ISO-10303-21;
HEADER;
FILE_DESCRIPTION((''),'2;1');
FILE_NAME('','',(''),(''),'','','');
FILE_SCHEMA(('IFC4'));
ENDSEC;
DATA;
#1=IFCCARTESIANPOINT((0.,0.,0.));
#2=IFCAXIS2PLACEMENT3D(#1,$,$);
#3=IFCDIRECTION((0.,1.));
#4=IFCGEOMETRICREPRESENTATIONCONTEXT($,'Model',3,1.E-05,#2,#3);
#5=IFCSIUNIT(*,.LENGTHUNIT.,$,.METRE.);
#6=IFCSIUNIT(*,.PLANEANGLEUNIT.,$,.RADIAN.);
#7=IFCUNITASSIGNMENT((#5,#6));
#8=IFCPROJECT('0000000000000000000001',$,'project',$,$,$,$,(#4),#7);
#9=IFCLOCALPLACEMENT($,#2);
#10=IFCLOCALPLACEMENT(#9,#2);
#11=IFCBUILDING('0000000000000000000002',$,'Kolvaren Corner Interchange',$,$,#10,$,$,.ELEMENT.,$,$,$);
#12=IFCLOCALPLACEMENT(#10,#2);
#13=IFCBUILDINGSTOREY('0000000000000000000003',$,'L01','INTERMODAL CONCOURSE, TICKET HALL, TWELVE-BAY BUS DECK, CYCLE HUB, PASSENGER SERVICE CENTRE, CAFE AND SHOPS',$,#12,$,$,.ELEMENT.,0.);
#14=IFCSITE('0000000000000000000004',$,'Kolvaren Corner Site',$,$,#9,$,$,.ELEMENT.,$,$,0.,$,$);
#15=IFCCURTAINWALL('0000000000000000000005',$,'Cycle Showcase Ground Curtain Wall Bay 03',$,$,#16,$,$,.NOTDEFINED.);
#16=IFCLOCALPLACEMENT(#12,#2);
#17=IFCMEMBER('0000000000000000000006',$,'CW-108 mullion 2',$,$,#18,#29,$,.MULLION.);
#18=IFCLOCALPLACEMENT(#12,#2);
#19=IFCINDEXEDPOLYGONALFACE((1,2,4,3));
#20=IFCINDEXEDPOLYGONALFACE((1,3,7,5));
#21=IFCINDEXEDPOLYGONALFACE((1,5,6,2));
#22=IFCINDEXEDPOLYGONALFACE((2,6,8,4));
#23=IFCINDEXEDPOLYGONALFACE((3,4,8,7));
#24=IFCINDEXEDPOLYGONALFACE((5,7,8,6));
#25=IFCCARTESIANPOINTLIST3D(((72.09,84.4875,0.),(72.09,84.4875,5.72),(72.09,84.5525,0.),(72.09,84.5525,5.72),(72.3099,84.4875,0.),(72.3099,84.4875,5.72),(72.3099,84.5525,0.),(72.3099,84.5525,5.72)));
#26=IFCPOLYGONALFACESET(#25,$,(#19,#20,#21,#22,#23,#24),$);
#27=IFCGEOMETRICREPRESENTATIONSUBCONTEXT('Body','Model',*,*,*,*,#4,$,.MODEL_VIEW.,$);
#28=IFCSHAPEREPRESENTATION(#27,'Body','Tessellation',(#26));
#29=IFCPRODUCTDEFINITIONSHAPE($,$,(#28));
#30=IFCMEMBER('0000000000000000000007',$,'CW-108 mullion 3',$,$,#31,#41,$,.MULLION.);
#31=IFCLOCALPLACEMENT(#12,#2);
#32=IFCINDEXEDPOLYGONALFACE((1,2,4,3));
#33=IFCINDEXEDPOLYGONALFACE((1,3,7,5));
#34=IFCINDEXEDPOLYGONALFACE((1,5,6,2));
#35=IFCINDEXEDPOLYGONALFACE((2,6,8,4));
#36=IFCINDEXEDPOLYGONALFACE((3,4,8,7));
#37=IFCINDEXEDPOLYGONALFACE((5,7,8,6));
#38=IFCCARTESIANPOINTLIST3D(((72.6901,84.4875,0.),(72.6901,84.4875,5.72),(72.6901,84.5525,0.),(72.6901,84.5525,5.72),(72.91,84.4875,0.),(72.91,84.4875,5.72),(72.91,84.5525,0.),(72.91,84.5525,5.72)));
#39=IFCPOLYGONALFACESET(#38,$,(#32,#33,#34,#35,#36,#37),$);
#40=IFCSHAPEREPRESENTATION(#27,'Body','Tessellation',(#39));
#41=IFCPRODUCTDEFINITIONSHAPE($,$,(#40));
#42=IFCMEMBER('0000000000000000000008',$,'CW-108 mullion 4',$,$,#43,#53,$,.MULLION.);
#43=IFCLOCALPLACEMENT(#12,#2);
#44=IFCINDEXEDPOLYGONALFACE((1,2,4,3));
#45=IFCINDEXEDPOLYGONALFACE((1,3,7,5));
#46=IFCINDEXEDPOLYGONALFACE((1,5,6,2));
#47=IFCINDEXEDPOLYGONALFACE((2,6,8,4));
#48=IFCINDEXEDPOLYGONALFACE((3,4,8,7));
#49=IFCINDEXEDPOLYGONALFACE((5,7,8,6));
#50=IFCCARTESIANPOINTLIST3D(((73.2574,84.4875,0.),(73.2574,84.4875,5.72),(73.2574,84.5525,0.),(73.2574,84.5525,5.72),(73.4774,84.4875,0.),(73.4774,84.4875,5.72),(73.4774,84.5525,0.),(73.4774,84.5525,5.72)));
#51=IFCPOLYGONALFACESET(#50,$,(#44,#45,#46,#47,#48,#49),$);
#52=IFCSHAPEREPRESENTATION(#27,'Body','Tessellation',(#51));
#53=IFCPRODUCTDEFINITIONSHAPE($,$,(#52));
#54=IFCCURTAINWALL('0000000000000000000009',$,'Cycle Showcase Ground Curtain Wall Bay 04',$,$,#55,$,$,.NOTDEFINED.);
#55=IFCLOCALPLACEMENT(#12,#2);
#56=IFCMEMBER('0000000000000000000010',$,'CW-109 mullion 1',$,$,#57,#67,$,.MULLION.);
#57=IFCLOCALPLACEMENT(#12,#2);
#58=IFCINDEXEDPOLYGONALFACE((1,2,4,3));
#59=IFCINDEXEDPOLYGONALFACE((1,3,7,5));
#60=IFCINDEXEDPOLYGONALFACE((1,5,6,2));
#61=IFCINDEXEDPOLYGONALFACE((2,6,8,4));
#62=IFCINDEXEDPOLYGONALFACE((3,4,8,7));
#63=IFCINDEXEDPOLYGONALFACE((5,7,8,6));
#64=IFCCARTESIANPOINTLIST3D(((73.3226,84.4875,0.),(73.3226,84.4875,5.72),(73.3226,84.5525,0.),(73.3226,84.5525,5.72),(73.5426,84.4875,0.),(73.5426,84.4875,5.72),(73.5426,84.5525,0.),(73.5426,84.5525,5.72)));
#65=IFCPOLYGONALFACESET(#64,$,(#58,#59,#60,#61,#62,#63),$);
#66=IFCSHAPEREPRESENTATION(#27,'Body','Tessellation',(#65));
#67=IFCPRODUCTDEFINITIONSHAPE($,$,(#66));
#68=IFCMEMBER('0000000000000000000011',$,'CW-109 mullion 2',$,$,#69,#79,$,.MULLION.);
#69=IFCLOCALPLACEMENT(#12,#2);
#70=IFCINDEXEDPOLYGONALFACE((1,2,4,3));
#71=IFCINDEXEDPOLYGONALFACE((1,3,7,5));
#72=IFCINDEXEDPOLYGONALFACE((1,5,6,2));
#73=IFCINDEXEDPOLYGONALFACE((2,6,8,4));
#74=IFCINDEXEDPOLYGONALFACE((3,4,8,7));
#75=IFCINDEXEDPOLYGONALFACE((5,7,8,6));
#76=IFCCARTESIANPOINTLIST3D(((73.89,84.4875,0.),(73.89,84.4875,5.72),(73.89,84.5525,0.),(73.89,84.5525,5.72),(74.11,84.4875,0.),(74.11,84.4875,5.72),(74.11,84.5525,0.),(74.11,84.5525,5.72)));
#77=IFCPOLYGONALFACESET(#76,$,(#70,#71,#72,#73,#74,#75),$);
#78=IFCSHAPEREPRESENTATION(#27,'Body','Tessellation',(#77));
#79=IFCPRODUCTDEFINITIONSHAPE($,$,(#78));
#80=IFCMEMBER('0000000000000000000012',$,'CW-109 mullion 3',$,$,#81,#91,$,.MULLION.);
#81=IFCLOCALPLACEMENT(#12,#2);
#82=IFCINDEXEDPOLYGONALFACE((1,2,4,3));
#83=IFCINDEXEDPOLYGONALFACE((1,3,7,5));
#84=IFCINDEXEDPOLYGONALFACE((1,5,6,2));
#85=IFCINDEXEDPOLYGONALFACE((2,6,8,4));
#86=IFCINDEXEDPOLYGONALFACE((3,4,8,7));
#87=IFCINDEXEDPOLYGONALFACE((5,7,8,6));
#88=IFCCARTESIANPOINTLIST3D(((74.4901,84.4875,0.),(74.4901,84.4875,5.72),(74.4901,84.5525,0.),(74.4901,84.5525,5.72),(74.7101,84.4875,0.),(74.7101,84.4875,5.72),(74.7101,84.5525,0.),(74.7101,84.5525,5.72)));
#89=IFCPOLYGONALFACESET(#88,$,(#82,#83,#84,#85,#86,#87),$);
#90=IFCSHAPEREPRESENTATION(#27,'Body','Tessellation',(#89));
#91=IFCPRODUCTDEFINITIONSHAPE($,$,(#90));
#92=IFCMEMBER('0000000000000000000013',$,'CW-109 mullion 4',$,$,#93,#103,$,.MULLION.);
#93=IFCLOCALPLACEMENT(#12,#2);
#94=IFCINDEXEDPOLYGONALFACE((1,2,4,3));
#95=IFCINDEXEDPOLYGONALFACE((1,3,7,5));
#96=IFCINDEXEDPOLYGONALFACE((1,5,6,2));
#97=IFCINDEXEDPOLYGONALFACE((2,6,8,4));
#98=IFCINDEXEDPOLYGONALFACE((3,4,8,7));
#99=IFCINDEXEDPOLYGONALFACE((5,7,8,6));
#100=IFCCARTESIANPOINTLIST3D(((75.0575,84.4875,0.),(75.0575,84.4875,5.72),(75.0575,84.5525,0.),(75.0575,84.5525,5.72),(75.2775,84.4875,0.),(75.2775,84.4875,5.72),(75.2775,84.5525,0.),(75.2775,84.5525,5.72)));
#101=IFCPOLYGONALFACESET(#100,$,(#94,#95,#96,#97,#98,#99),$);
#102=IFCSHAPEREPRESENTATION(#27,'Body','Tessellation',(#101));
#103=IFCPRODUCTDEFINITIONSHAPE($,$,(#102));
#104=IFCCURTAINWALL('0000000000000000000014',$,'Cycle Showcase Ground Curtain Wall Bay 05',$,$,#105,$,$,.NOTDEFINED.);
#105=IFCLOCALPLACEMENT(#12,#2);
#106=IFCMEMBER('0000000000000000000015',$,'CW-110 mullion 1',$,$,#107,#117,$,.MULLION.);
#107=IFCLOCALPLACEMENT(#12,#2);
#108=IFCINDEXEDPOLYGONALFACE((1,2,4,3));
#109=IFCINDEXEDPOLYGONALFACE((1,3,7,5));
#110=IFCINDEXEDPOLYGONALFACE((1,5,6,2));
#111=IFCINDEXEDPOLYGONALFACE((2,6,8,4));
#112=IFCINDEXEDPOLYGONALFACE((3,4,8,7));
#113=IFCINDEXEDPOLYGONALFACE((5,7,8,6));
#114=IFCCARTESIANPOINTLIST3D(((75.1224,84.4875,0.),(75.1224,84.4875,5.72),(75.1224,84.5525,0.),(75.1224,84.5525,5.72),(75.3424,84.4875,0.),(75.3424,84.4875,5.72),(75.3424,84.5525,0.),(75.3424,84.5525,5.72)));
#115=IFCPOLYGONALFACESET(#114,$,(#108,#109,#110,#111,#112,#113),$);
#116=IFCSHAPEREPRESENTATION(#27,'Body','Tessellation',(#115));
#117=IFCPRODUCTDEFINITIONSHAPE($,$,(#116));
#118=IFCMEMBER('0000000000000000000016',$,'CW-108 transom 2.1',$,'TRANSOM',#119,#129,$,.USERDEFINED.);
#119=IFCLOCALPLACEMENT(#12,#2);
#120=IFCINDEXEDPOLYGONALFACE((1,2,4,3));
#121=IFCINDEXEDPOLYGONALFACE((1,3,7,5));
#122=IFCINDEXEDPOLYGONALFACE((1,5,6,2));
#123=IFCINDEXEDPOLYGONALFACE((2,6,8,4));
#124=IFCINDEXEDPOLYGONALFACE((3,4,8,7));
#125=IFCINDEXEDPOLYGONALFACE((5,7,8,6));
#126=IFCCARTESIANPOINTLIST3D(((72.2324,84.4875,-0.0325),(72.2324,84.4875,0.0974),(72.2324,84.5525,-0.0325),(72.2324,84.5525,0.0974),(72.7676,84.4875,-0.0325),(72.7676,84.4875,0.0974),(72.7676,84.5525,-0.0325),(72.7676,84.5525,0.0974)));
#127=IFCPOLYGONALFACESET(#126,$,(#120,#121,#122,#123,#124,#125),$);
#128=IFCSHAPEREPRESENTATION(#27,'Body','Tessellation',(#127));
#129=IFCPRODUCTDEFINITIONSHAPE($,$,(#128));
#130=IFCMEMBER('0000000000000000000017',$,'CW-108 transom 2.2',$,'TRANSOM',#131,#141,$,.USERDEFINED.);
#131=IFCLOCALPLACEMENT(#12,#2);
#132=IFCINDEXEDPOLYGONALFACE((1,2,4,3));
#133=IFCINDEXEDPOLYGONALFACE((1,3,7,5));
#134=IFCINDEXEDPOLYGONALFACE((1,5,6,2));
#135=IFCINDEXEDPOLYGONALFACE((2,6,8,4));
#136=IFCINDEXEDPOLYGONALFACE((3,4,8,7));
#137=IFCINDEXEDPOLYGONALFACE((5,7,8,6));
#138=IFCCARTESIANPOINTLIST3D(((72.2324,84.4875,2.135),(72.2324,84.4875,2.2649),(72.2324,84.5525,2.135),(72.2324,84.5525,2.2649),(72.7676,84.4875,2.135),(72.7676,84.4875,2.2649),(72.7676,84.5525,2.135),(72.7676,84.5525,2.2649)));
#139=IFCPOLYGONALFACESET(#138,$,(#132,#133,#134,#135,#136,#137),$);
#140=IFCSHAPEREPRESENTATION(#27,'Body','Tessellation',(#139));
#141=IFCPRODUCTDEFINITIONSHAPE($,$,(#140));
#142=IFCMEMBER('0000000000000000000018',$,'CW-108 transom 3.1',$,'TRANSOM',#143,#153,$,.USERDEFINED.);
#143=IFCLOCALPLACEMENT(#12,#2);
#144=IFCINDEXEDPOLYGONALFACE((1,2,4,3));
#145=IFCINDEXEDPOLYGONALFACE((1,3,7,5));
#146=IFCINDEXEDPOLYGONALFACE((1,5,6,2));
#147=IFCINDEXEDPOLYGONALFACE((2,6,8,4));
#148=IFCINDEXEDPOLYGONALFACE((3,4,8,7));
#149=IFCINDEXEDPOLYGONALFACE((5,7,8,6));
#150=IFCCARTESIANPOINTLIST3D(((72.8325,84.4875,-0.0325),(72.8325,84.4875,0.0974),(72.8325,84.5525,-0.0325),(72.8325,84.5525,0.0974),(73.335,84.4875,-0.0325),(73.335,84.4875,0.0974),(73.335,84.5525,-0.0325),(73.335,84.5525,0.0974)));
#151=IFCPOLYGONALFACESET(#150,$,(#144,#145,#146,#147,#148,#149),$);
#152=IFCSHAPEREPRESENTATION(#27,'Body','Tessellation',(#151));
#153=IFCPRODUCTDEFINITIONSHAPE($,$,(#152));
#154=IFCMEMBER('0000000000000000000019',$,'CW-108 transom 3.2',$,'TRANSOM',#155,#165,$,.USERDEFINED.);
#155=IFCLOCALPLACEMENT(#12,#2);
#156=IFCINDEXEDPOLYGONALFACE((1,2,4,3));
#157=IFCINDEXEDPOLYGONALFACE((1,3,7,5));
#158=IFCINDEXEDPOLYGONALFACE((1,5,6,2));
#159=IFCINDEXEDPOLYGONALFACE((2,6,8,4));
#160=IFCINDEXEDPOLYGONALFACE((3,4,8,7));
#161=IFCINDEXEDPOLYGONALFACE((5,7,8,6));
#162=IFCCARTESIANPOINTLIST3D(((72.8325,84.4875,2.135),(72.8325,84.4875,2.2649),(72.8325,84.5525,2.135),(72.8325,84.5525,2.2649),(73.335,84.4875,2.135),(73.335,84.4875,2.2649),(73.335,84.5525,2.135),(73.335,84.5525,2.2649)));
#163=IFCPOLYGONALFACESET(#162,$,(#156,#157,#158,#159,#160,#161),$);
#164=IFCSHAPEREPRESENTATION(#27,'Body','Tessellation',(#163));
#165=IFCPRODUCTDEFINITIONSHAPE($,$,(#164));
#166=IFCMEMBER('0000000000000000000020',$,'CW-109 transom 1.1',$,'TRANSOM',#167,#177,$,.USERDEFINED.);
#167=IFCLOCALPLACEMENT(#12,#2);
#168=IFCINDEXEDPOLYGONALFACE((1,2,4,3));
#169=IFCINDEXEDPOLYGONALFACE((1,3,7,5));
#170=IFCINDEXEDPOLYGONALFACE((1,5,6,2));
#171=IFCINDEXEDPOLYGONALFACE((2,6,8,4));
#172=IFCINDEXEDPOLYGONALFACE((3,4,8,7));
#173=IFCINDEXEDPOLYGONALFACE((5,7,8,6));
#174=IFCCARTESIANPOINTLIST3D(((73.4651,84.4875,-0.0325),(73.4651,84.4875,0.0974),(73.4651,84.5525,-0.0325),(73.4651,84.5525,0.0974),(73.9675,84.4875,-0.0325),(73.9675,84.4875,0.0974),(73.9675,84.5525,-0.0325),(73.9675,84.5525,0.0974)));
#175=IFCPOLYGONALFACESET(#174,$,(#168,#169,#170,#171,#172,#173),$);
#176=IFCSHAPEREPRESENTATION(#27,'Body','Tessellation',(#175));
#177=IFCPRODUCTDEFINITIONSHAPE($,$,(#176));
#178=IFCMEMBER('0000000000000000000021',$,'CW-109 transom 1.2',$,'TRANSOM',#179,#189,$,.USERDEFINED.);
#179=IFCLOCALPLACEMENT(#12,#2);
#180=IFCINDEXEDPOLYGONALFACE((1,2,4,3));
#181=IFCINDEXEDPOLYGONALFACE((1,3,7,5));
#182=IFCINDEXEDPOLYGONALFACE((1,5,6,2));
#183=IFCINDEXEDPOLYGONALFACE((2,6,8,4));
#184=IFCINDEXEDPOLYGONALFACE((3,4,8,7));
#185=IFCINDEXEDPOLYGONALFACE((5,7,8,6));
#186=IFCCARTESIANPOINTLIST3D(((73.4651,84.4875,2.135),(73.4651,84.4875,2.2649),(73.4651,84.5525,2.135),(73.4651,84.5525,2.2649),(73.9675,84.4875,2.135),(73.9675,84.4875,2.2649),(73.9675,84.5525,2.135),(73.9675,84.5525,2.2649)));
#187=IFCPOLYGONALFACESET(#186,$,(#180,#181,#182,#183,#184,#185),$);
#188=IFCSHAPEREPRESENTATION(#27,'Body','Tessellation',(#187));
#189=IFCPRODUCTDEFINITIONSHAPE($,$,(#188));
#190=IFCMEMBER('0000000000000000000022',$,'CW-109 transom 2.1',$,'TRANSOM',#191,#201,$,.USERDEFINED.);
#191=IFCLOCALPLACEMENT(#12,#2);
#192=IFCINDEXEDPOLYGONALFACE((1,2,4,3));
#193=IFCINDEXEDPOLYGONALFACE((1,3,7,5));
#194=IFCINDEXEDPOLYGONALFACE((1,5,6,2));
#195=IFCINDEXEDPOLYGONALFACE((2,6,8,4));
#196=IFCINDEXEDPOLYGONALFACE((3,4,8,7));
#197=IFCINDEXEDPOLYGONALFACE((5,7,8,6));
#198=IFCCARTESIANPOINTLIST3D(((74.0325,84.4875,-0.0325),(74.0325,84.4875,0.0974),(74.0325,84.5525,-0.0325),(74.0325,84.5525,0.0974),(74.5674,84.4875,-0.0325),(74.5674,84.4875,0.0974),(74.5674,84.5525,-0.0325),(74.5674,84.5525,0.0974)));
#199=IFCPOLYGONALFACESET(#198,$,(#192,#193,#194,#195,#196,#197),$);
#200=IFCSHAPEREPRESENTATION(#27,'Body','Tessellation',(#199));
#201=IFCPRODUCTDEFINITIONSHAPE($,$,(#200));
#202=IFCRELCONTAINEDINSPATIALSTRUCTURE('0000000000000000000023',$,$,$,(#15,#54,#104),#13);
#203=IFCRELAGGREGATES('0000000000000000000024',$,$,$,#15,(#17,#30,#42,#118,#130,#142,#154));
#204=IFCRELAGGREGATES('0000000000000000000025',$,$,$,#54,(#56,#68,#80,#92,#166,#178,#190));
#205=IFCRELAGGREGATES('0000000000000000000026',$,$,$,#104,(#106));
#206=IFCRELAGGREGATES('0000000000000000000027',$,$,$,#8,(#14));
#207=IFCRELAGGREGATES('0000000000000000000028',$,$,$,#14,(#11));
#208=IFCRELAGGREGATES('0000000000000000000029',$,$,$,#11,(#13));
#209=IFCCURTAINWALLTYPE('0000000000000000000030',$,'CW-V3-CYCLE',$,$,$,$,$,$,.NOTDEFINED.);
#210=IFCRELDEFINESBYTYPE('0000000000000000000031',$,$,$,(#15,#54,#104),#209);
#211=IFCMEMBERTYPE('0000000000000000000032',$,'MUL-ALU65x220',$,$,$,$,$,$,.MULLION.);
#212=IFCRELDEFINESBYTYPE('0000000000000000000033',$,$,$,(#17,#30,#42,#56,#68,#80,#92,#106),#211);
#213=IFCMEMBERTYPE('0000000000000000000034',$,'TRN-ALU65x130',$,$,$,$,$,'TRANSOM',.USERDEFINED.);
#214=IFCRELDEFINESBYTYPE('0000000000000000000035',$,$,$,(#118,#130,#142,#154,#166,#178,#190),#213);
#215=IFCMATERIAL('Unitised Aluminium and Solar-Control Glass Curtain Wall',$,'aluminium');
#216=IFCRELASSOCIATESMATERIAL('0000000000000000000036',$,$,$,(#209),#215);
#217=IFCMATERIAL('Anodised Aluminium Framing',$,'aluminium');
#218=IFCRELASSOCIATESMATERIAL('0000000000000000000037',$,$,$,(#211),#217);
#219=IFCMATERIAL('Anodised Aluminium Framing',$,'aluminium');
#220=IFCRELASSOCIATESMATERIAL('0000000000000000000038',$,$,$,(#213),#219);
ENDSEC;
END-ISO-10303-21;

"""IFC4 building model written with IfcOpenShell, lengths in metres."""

from ifc_helpers import new_model, si_unit, direction, frame, origin, origin_2d, place, context, subcontext, project, spatial, rectangle, extrude, material, material_profile, profile_set, type_object, element, aggregate, save


model = new_model("IFC4")

# Units and contexts
model_context = context("Model", 3, precision=1e-05, world=origin(), true_north=direction((0.0, 1.0)))
body_context = subcontext(model_context, "Body", "Model", "MODEL_VIEW")
ifc_project = project(units=[si_unit("LENGTHUNIT", "METRE"), si_unit("PLANEANGLEUNIT", "RADIAN")], contexts=[model_context])

# Site, building, storey
site_placement = place(None, origin())
site = spatial("IfcSite", under=ifc_project, at=site_placement, Name="Kolvaren Corner Site", CompositionType="ELEMENT", RefElevation=0.0)
building_placement = place(site_placement, origin())
building = spatial("IfcBuilding", under=site, at=building_placement, Name="Kolvaren Corner Interchange", CompositionType="ELEMENT")
storey_placement = place(building_placement, origin())
storey = spatial("IfcBuildingStorey", under=building, at=storey_placement, Name="L01", Description="INTERMODAL CONCOURSE, TICKET HALL, TWELVE-BAY BUS DECK, CYCLE HUB, PASSENGER SERVICE CENTRE, CAFE AND SHOPS", CompositionType="ELEMENT", Elevation=0.0)

# Curtain walls, members
ifc_material_1 = material(Name="Unitised Aluminium and Solar-Control Glass Curtain Wall", Category="aluminium")
curtain_wall_type = type_object("IfcCurtainWallType", Name="CW-V3-CYCLE", PredefinedType="NOTDEFINED", material=ifc_material_1)
curtain_wall_1_placement = place(storey_placement, origin())
curtain_wall_1 = element("IfcCurtainWall", 1, at=curtain_wall_1_placement, inside=storey, type_object=curtain_wall_type, Name="Cycle Showcase Ground Curtain Wall Bay 03", PredefinedType="NOTDEFINED")
ifc_material_2 = material(Name="Anodised Aluminium Framing", Category="aluminium")
ifc_material_profile_1 = material_profile(ifc_material_2, rectangle(XDim=0.0649, YDim=0.22, at=origin_2d()), Name="ALU 65x220")
ifc_profile_set_1 = profile_set([ifc_material_profile_1], Name="Anodised Aluminium Framing")
member_type_1 = type_object("IfcMemberType", Name="MUL-ALU65x220", PredefinedType="MULLION", material=ifc_profile_set_1)
member_1_placement = place(storey_placement, frame((72.2, 84.52, 0.0), z_axis=(0.0, 0.0, 1.0), x_axis=(0.0, 1.0, 0.0)))
member_1 = element("IfcMember", 2, at=member_1_placement, type_object=member_type_1, Name="CW-108 mullion 2", PredefinedType="MULLION", context=body_context, shape_type="SweptSolid", body=[
    extrude(rectangle(XDim=0.0649, YDim=0.22, at=origin_2d()), origin(), (0.0, 0.0, 1.0), 5.72),
])
member_2_placement = place(storey_placement, frame((72.8, 84.52, 0.0), z_axis=(0.0, 0.0, 1.0), x_axis=(0.0, 1.0, 0.0)))
member_2 = element("IfcMember", 3, at=member_2_placement, type_object=member_type_1, Name="CW-108 mullion 3", PredefinedType="MULLION", context=body_context, shape_type="SweptSolid", body=[
    extrude(rectangle(XDim=0.0649, YDim=0.22, at=origin_2d()), origin(), (0.0, 0.0, 1.0), 5.72),
])
member_3_placement = place(storey_placement, frame((73.3674, 84.52, 0.0), z_axis=(0.0, 0.0, 1.0), x_axis=(0.0, 1.0, 0.0)))
member_3 = element("IfcMember", 4, at=member_3_placement, type_object=member_type_1, Name="CW-108 mullion 4", PredefinedType="MULLION", context=body_context, shape_type="SweptSolid", body=[
    extrude(rectangle(XDim=0.0649, YDim=0.22, at=origin_2d()), origin(), (0.0, 0.0, 1.0), 5.72),
])
curtain_wall_2_placement = place(storey_placement, origin())
curtain_wall_2 = element("IfcCurtainWall", 5, at=curtain_wall_2_placement, inside=storey, type_object=curtain_wall_type, Name="Cycle Showcase Ground Curtain Wall Bay 04", PredefinedType="NOTDEFINED")
member_4_placement = place(storey_placement, frame((73.4326, 84.52, 0.0), z_axis=(0.0, 0.0, 1.0), x_axis=(0.0, 1.0, 0.0)))
member_4 = element("IfcMember", 6, at=member_4_placement, type_object=member_type_1, Name="CW-109 mullion 1", PredefinedType="MULLION", context=body_context, shape_type="SweptSolid", body=[
    extrude(rectangle(XDim=0.0649, YDim=0.22, at=origin_2d()), origin(), (0.0, 0.0, 1.0), 5.72),
])
member_5_placement = place(storey_placement, frame((74.0, 84.52, 0.0), z_axis=(0.0, 0.0, 1.0), x_axis=(0.0, 1.0, 0.0)))
member_5 = element("IfcMember", 7, at=member_5_placement, type_object=member_type_1, Name="CW-109 mullion 2", PredefinedType="MULLION", context=body_context, shape_type="SweptSolid", body=[
    extrude(rectangle(XDim=0.0649, YDim=0.22, at=origin_2d()), origin(), (0.0, 0.0, 1.0), 5.72),
])
member_6_placement = place(storey_placement, frame((74.6001, 84.52, 0.0), z_axis=(0.0, 0.0, 1.0), x_axis=(0.0, 1.0, 0.0)))
member_6 = element("IfcMember", 8, at=member_6_placement, type_object=member_type_1, Name="CW-109 mullion 3", PredefinedType="MULLION", context=body_context, shape_type="SweptSolid", body=[
    extrude(rectangle(XDim=0.0649, YDim=0.22, at=origin_2d()), origin(), (0.0, 0.0, 1.0), 5.72),
])
member_7_placement = place(storey_placement, frame((75.1675, 84.52, 0.0), z_axis=(0.0, 0.0, 1.0), x_axis=(0.0, 1.0, 0.0)))
member_7 = element("IfcMember", 9, at=member_7_placement, type_object=member_type_1, Name="CW-109 mullion 4", PredefinedType="MULLION", context=body_context, shape_type="SweptSolid", body=[
    extrude(rectangle(XDim=0.0649, YDim=0.22, at=origin_2d()), origin(), (0.0, 0.0, 1.0), 5.72),
])

# Curtain wall, member
curtain_wall_3_placement = place(storey_placement, origin())
curtain_wall_3 = element("IfcCurtainWall", 10, at=curtain_wall_3_placement, inside=storey, type_object=curtain_wall_type, Name="Cycle Showcase Ground Curtain Wall Bay 05", PredefinedType="NOTDEFINED")
member_8_placement = place(storey_placement, frame((75.2324, 84.52, 0.0), z_axis=(0.0, 0.0, 1.0), x_axis=(0.0, 1.0, 0.0)))
member_8 = element("IfcMember", 11, at=member_8_placement, type_object=member_type_1, Name="CW-110 mullion 1", PredefinedType="MULLION", context=body_context, shape_type="SweptSolid", body=[
    extrude(rectangle(XDim=0.0649, YDim=0.22, at=origin_2d()), origin(), (0.0, 0.0, 1.0), 5.72),
])

# Members
ifc_material_3 = material(Name="Anodised Aluminium Framing", Category="aluminium")
ifc_material_profile_2 = material_profile(ifc_material_3, rectangle(XDim=0.0649, YDim=0.1299, at=origin_2d()), Name="ALU 65x130")
ifc_profile_set_2 = profile_set([ifc_material_profile_2], Name="Anodised Aluminium Framing")
member_type_2 = type_object("IfcMemberType", Name="TRN-ALU65x130", ElementType="TRANSOM", PredefinedType="USERDEFINED", material=ifc_profile_set_2)
member_9_placement = place(storey_placement, frame((72.2324, 84.52, 0.0325), z_axis=(1.0, 0.0, 0.0), x_axis=(0.0, 1.0, 0.0)))
member_9 = element("IfcMember", 12, at=member_9_placement, type_object=member_type_2, Name="CW-108 transom 2.1", ObjectType="TRANSOM", PredefinedType="USERDEFINED", context=body_context, shape_type="SweptSolid", body=[
    extrude(rectangle(XDim=0.0649, YDim=0.1299, at=origin_2d()), origin(), (0.0, 0.0, 1.0), 0.5352),
])
member_10_placement = place(storey_placement, frame((72.2324, 84.52, 2.2), z_axis=(1.0, 0.0, 0.0), x_axis=(0.0, 1.0, 0.0)))
member_10 = element("IfcMember", 13, at=member_10_placement, type_object=member_type_2, Name="CW-108 transom 2.2", ObjectType="TRANSOM", PredefinedType="USERDEFINED", context=body_context, shape_type="SweptSolid", body=[
    extrude(rectangle(XDim=0.0649, YDim=0.1299, at=origin_2d()), origin(), (0.0, 0.0, 1.0), 0.5352),
])
member_11_placement = place(storey_placement, frame((72.8325, 84.52, 0.0325), z_axis=(1.0, 0.0, 0.0), x_axis=(0.0, 1.0, 0.0)))
member_11 = element("IfcMember", 14, at=member_11_placement, type_object=member_type_2, Name="CW-108 transom 3.1", ObjectType="TRANSOM", PredefinedType="USERDEFINED", context=body_context, shape_type="SweptSolid", body=[
    extrude(rectangle(XDim=0.0649, YDim=0.1299, at=origin_2d()), origin(), (0.0, 0.0, 1.0), 0.5024),
])
member_12_placement = place(storey_placement, frame((72.8325, 84.52, 2.2), z_axis=(1.0, 0.0, 0.0), x_axis=(0.0, 1.0, 0.0)))
member_12 = element("IfcMember", 15, at=member_12_placement, type_object=member_type_2, Name="CW-108 transom 3.2", ObjectType="TRANSOM", PredefinedType="USERDEFINED", context=body_context, shape_type="SweptSolid", body=[
    extrude(rectangle(XDim=0.0649, YDim=0.1299, at=origin_2d()), origin(), (0.0, 0.0, 1.0), 0.5024),
])
member_13_placement = place(storey_placement, frame((73.4651, 84.52, 0.0325), z_axis=(1.0, 0.0, 0.0), x_axis=(0.0, 1.0, 0.0)))
member_13 = element("IfcMember", 16, at=member_13_placement, type_object=member_type_2, Name="CW-109 transom 1.1", ObjectType="TRANSOM", PredefinedType="USERDEFINED", context=body_context, shape_type="SweptSolid", body=[
    extrude(rectangle(XDim=0.0649, YDim=0.1299, at=origin_2d()), origin(), (0.0, 0.0, 1.0), 0.5024),
])
member_14_placement = place(storey_placement, frame((73.4651, 84.52, 2.2), z_axis=(1.0, 0.0, 0.0), x_axis=(0.0, 1.0, 0.0)))
member_14 = element("IfcMember", 17, at=member_14_placement, type_object=member_type_2, Name="CW-109 transom 1.2", ObjectType="TRANSOM", PredefinedType="USERDEFINED", context=body_context, shape_type="SweptSolid", body=[
    extrude(rectangle(XDim=0.0649, YDim=0.1299, at=origin_2d()), origin(), (0.0, 0.0, 1.0), 0.5024),
])
member_15_placement = place(storey_placement, frame((74.0325, 84.52, 0.0325), z_axis=(1.0, 0.0, 0.0), x_axis=(0.0, 1.0, 0.0)))
member_15 = element("IfcMember", 18, at=member_15_placement, type_object=member_type_2, Name="CW-109 transom 2.1", ObjectType="TRANSOM", PredefinedType="USERDEFINED", context=body_context, shape_type="SweptSolid", body=[
    extrude(rectangle(XDim=0.0649, YDim=0.1299, at=origin_2d()), origin(), (0.0, 0.0, 1.0), 0.5349),
])

aggregate(curtain_wall_1, [member_1, member_2, member_3, member_9, member_10, member_11, member_12])
aggregate(curtain_wall_2, [member_4, member_5, member_6, member_7, member_13, member_14, member_15])
aggregate(curtain_wall_3, [member_8])

save(model, "model.ifc")
